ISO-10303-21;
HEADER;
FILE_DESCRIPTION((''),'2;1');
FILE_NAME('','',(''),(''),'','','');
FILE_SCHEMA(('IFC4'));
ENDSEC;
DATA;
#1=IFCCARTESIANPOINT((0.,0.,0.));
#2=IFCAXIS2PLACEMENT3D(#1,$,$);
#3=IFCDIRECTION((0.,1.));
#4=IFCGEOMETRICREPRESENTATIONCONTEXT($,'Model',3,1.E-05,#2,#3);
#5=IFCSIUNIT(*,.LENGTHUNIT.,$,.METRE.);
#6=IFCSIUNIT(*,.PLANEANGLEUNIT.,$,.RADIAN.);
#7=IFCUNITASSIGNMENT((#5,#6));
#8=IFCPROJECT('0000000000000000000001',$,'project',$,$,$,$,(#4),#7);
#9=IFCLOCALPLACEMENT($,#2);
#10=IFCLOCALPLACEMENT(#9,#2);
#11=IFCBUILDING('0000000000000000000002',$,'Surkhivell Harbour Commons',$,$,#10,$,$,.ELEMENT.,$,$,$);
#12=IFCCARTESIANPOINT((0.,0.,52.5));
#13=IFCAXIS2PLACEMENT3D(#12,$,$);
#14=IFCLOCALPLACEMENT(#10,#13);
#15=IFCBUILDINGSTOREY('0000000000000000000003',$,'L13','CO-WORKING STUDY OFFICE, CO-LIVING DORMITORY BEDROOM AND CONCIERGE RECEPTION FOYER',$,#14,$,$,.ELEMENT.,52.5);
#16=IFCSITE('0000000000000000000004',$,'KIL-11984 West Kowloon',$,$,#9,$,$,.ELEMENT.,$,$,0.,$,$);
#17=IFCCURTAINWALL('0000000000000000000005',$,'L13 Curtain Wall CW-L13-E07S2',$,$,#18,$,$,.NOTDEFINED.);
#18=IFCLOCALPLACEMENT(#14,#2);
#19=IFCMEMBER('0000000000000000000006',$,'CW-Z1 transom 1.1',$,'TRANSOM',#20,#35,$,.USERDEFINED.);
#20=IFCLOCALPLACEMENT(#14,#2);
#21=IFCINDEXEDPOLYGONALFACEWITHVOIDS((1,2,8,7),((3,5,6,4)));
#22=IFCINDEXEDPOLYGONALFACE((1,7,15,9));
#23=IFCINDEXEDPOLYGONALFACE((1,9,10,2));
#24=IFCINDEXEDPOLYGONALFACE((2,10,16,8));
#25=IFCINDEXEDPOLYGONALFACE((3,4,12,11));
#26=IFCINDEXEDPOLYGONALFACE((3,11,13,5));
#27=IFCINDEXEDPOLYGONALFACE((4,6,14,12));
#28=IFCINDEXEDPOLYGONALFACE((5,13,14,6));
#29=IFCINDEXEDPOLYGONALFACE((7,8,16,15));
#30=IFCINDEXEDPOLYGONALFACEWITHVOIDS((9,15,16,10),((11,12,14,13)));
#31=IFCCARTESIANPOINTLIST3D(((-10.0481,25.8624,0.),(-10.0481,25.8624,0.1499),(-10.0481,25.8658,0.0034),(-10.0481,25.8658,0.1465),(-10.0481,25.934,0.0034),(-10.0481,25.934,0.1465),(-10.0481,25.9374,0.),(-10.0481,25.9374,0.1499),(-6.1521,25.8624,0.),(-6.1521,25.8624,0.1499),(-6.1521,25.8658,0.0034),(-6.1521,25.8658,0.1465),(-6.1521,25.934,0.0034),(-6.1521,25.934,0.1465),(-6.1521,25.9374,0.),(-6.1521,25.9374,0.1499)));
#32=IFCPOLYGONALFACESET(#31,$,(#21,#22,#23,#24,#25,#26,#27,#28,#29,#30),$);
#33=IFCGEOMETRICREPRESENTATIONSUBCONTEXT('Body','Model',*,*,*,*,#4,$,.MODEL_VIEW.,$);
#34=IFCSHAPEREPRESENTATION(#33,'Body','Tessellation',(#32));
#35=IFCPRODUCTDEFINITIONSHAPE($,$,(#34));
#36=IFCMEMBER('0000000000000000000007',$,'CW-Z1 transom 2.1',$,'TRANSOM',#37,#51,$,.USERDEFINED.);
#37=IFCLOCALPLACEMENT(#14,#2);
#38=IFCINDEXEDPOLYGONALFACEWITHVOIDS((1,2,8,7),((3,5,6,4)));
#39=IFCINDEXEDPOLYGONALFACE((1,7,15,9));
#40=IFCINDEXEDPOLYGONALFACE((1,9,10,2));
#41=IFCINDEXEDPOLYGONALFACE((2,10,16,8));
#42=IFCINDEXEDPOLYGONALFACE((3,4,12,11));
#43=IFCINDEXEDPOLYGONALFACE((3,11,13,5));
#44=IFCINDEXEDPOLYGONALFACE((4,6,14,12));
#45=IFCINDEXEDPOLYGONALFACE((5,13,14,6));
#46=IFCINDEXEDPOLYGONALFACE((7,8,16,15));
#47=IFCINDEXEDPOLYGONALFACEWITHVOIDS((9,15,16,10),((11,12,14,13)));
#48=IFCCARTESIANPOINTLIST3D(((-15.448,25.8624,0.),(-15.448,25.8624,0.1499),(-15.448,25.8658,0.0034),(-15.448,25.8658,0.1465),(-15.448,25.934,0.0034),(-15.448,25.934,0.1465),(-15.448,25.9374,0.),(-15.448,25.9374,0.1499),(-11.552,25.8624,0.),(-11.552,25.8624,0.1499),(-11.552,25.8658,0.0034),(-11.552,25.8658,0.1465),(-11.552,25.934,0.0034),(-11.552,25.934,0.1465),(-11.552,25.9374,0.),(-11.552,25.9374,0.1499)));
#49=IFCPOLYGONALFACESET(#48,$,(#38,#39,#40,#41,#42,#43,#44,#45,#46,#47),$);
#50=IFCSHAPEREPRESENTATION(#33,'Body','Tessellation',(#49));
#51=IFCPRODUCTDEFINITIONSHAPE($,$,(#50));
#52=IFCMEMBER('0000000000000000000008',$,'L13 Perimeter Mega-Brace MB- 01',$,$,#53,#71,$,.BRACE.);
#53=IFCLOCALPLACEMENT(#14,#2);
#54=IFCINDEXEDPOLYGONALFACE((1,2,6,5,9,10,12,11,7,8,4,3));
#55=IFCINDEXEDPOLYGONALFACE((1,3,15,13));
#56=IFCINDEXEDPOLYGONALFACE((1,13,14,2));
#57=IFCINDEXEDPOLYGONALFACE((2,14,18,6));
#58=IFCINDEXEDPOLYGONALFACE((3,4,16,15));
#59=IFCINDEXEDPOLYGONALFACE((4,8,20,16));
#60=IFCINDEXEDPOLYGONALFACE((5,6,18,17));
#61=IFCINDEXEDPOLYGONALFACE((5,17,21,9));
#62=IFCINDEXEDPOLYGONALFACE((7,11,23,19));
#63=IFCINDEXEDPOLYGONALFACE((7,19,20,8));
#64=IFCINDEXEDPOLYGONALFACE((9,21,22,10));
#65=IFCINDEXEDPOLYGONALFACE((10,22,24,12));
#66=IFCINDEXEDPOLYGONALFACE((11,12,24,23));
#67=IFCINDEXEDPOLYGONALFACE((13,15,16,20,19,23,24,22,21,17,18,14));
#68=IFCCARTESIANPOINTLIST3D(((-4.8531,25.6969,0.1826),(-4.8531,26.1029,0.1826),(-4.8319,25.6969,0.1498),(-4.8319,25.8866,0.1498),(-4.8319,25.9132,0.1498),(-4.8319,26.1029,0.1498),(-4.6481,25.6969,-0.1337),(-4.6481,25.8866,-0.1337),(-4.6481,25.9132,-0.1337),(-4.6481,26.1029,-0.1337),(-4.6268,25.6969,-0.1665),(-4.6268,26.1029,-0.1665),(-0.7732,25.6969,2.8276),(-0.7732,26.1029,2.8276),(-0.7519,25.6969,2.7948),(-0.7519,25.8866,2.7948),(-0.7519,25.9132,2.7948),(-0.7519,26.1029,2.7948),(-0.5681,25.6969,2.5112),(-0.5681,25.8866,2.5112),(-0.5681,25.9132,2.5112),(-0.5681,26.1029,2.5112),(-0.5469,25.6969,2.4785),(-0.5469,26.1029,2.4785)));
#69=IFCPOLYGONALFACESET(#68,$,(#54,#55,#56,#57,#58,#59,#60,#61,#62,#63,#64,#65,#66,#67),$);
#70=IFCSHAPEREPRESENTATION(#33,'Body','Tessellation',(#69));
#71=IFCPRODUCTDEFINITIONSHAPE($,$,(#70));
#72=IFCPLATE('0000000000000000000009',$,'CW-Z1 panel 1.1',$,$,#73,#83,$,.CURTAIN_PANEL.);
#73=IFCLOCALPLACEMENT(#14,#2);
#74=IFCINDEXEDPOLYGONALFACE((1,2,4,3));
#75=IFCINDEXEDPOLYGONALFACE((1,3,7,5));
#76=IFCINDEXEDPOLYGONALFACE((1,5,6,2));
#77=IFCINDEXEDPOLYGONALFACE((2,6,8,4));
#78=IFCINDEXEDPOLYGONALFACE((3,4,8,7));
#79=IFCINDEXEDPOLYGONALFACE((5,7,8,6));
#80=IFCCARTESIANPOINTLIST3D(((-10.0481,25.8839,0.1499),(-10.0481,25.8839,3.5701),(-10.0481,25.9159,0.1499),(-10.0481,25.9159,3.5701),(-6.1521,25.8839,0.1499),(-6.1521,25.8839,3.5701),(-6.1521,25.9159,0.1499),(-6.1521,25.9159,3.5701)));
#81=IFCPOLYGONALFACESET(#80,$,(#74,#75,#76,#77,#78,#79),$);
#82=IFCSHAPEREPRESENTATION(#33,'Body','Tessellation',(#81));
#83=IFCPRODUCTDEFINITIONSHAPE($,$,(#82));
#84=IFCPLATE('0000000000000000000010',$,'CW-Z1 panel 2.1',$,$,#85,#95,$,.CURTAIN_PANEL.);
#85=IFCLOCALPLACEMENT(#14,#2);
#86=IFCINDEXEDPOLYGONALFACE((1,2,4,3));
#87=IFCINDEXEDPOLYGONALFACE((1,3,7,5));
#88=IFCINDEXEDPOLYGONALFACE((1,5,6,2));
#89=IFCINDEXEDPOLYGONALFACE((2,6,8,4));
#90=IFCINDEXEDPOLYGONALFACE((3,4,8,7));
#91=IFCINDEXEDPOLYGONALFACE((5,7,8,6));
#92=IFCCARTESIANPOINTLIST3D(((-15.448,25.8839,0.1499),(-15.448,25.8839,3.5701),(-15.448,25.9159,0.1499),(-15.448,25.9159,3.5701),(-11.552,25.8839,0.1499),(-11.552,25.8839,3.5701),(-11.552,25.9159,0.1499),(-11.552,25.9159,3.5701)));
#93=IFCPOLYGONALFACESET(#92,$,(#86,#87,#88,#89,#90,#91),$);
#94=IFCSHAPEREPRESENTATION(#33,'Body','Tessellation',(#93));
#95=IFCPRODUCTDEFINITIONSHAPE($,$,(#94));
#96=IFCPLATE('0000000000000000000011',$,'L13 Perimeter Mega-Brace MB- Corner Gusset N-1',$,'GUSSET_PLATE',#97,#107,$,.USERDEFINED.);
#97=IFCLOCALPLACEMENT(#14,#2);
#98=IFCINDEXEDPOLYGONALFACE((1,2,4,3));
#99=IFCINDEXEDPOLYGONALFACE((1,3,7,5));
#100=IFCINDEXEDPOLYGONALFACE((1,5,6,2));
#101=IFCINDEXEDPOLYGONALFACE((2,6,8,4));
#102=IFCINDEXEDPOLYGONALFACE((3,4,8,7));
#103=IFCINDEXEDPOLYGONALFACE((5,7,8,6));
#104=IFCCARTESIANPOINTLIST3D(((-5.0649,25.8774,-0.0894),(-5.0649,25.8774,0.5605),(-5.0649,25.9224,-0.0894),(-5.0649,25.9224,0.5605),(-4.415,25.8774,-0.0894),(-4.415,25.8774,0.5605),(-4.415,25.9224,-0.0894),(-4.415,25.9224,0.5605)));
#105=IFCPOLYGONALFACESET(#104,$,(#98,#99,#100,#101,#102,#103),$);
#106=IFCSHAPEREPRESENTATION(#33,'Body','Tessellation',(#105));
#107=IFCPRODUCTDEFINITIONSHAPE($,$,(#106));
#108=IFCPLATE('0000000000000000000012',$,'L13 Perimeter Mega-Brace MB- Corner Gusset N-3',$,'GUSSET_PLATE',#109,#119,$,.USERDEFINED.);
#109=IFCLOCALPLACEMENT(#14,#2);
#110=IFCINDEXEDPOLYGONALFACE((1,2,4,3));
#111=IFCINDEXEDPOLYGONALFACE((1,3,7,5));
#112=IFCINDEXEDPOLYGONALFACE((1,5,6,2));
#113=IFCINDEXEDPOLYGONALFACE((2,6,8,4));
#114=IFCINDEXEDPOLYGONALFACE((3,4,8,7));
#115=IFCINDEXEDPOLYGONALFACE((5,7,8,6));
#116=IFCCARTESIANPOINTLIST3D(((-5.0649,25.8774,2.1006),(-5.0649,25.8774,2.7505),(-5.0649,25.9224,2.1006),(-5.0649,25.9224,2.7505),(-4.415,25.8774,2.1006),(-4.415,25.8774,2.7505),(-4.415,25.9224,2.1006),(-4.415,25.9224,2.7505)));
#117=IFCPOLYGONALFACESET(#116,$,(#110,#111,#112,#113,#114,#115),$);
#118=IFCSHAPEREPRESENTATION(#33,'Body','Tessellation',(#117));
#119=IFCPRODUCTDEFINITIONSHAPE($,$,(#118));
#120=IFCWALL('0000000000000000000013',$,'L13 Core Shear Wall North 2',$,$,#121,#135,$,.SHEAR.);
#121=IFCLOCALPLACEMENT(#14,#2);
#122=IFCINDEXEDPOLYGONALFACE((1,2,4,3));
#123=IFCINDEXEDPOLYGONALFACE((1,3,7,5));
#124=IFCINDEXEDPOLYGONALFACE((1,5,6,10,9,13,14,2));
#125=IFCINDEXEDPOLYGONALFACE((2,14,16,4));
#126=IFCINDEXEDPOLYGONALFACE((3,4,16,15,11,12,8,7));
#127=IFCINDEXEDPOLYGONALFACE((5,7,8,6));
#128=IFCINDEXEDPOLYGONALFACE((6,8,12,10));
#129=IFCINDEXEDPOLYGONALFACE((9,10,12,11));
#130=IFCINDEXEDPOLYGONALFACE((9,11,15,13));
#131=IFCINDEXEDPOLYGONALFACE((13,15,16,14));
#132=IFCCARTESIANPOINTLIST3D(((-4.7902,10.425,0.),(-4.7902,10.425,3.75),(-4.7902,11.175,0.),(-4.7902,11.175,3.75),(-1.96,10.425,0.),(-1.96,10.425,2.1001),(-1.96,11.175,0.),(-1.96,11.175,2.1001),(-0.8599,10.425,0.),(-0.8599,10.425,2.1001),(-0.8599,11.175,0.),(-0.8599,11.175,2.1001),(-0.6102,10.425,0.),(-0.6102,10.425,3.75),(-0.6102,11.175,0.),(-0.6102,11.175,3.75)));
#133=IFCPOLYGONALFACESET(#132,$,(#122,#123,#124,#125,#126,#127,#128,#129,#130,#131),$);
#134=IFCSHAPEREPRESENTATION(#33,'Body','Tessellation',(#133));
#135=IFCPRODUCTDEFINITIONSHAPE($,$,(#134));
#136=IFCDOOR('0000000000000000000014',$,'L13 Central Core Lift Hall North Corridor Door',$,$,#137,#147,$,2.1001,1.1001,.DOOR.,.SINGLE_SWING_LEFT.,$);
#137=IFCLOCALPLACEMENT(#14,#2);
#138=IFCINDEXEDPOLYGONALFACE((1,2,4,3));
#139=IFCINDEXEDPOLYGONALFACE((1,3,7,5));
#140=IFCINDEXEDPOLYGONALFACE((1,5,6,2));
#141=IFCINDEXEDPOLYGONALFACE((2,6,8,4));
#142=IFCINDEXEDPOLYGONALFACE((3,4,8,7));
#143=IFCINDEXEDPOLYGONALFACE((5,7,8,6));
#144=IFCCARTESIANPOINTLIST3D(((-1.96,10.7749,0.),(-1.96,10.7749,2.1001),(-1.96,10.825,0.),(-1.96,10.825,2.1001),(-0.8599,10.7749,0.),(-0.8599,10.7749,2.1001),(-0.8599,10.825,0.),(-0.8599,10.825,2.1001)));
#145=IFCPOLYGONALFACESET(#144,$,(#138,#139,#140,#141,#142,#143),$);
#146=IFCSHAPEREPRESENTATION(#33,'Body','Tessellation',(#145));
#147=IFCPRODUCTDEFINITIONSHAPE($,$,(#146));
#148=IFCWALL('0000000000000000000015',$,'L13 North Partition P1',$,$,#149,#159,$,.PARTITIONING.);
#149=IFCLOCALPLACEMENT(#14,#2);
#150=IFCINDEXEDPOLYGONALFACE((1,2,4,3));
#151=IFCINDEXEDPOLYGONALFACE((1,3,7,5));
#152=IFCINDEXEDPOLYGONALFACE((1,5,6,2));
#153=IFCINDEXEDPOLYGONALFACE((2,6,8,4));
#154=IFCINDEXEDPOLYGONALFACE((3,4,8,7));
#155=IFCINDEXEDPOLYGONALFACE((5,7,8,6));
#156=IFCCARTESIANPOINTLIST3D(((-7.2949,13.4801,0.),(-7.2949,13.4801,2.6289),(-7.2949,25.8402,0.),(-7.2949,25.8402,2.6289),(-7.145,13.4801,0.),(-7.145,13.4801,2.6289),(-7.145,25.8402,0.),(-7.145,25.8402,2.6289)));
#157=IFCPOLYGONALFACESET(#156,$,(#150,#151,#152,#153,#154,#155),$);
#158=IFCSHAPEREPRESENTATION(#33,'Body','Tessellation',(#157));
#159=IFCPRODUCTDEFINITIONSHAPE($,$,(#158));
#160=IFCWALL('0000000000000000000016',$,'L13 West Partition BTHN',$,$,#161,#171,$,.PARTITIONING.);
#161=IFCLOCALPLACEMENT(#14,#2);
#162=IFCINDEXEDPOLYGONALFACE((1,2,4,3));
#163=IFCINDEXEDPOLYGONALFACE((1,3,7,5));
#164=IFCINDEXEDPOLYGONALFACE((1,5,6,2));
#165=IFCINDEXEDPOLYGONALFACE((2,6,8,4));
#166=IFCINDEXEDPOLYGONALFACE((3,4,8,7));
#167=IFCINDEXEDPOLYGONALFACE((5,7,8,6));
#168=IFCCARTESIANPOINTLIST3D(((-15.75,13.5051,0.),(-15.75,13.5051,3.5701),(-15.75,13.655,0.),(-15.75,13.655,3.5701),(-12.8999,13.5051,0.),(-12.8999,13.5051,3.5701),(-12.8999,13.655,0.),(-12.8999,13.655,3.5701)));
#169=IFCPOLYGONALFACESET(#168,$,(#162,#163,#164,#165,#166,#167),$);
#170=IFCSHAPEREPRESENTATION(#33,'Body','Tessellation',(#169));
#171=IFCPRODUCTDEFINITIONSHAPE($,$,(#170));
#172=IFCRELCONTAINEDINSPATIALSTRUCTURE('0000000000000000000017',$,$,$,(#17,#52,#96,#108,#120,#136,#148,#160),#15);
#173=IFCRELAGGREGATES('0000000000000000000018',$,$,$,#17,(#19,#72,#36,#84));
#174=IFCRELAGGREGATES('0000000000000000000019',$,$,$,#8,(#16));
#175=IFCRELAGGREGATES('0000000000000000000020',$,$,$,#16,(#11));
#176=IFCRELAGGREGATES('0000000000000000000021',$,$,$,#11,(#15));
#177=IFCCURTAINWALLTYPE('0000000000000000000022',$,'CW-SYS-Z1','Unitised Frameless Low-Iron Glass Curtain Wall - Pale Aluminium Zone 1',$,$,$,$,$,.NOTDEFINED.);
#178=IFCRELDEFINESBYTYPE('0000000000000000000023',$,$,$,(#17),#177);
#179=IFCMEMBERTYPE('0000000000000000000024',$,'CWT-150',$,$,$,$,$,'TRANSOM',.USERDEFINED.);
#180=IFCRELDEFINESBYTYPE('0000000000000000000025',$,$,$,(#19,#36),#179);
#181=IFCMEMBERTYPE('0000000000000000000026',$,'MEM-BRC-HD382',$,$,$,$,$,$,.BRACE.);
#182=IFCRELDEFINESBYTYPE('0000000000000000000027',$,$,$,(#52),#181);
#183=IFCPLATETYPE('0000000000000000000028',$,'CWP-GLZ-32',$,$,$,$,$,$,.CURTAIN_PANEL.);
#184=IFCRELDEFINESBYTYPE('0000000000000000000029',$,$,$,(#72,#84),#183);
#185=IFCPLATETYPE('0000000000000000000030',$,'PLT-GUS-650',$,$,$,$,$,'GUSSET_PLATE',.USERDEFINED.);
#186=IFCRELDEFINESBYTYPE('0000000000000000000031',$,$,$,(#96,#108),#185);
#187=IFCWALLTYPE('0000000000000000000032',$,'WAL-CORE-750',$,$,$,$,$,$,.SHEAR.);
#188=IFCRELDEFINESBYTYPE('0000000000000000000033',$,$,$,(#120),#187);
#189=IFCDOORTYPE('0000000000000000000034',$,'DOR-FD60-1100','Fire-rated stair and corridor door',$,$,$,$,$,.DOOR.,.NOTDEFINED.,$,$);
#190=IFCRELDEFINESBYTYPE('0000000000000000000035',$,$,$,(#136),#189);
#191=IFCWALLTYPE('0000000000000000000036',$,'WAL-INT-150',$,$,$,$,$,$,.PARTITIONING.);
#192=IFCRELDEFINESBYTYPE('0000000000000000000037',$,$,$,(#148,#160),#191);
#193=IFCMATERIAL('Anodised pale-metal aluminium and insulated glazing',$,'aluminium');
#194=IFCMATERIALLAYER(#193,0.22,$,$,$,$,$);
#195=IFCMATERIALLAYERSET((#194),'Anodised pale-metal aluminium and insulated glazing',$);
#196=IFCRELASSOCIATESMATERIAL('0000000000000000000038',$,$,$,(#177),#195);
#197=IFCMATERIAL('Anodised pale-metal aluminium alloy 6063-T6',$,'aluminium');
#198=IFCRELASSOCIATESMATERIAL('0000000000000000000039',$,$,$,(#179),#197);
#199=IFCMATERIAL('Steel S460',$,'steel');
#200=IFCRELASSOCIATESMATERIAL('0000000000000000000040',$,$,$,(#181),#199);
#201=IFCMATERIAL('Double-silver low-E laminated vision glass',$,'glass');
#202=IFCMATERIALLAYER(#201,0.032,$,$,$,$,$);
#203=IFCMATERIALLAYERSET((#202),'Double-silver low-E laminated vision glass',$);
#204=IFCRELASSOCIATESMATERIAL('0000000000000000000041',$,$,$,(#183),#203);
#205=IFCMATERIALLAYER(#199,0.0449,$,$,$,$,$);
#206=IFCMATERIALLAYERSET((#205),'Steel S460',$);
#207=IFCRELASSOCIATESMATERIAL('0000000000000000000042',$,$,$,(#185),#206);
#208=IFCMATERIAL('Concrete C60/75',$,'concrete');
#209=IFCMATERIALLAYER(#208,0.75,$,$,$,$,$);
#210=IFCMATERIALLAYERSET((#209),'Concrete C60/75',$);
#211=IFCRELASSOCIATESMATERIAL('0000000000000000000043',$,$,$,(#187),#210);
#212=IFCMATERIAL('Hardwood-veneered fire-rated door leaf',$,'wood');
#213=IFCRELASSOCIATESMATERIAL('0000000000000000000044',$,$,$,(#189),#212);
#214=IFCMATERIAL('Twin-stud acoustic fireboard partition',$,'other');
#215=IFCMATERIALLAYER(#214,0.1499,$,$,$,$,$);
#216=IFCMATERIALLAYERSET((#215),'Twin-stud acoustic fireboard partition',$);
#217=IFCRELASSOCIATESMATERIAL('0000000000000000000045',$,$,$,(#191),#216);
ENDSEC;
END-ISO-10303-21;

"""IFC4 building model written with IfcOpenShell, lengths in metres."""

from ifc_helpers import new_model, si_unit, direction, frame, frame_2d, origin, origin_2d, place, context, subcontext, project, spatial, rectangle, hollow_rectangle, i_section, extrude, material, layer, layer_set, material_profile, profile_set, type_object, element, fill, aggregate, save


model = new_model("IFC4")

# Units and contexts
model_context = context("Model", 3, precision=1e-05, world=origin(), true_north=direction((0.0, 1.0)))
body_context = subcontext(model_context, "Body", "Model", "MODEL_VIEW")
ifc_project = project(units=[si_unit("LENGTHUNIT", "METRE"), si_unit("PLANEANGLEUNIT", "RADIAN")], contexts=[model_context])

# Site, building, storey
site_placement = place(None, origin())
site = spatial("IfcSite", under=ifc_project, at=site_placement, Name="KIL-11984 West Kowloon", CompositionType="ELEMENT", RefElevation=0.0)
building_placement = place(site_placement, origin())
building = spatial("IfcBuilding", under=site, at=building_placement, Name="Surkhivell Harbour Commons", CompositionType="ELEMENT")
storey_placement = place(building_placement, frame((0.0, 0.0, 52.5)))
storey = spatial("IfcBuildingStorey", under=building, at=storey_placement, Name="L13", Description="CO-WORKING STUDY OFFICE, CO-LIVING DORMITORY BEDROOM AND CONCIERGE RECEPTION FOYER", CompositionType="ELEMENT", Elevation=52.5)

# Shared definitions
ifc_material_1 = material(Name="Steel S460", Category="steel")

# Curtain wall, members
ifc_material_2 = material(Name="Anodised pale-metal aluminium and insulated glazing", Category="aluminium")
ifc_layer_1 = layer(ifc_material_2, 0.22)
ifc_layer_set_1 = layer_set([ifc_layer_1], Name="Anodised pale-metal aluminium and insulated glazing")
curtain_wall_type = type_object("IfcCurtainWallType", Name="CW-SYS-Z1", Description="Unitised Frameless Low-Iron Glass Curtain Wall - Pale Aluminium Zone 1", PredefinedType="NOTDEFINED", material=ifc_layer_set_1)
curtain_wall_placement = place(storey_placement, origin())
curtain_wall = element("IfcCurtainWall", 1, at=curtain_wall_placement, inside=storey, type_object=curtain_wall_type, Name="L13 Curtain Wall CW-L13-E07S2", PredefinedType="NOTDEFINED")
ifc_material_3 = material(Name="Anodised pale-metal aluminium alloy 6063-T6", Category="aluminium")
ifc_material_profile_1 = material_profile(ifc_material_3, hollow_rectangle(XDim=0.075, YDim=0.1499, WallThickness=0.0034, at=origin_2d()), Name="ALU-TRAN-75x150")
ifc_profile_set_1 = profile_set([ifc_material_profile_1], Name="Anodised pale-metal aluminium alloy 6063-T6")
member_type_1 = type_object("IfcMemberType", Name="CWT-150", ElementType="TRANSOM", PredefinedType="USERDEFINED", material=ifc_profile_set_1)
member_1_placement = place(storey_placement, frame((-6.1521, 25.8999, 0.075), z_axis=(-1.0, 0.0, 0.0), x_axis=(0.0, -1.0, 0.0)))
member_1 = element("IfcMember", 2, at=member_1_placement, type_object=member_type_1, Name="CW-Z1 transom 1.1", ObjectType="TRANSOM", PredefinedType="USERDEFINED", context=body_context, shape_type="SweptSolid", body=[
    extrude(hollow_rectangle(XDim=0.075, YDim=0.1499, WallThickness=0.0034, at=origin_2d()), origin(), (0.0, 0.0, 1.0), 3.896),
])
member_2_placement = place(storey_placement, frame((-11.552, 25.8999, 0.075), z_axis=(-1.0, 0.0, 0.0), x_axis=(0.0, -1.0, 0.0)))
member_2 = element("IfcMember", 3, at=member_2_placement, type_object=member_type_1, Name="CW-Z1 transom 2.1", ObjectType="TRANSOM", PredefinedType="USERDEFINED", context=body_context, shape_type="SweptSolid", body=[
    extrude(hollow_rectangle(XDim=0.075, YDim=0.1499, WallThickness=0.0034, at=origin_2d()), origin(), (0.0, 0.0, 1.0), 3.896),
])

# Member
ifc_material_profile_2 = material_profile(ifc_material_1, i_section(OverallWidth=0.406, OverallDepth=0.416, WebThickness=0.0266, FlangeThickness=0.0391, at=origin_2d()), Name="HD400x382")
ifc_profile_set_2 = profile_set([ifc_material_profile_2], Name="Steel S460")
member_type_2 = type_object("IfcMemberType", Name="MEM-BRC-HD382", PredefinedType="BRACE", material=ifc_profile_set_2)
member_3_placement = place(storey_placement, frame((-4.74, 25.8999, 0.0081), z_axis=(0.839104, 0.0, 0.543971), x_axis=(0.0, 1.0, 0.0)))
element("IfcMember", 4, at=member_3_placement, inside=storey, type_object=member_type_2, Name="L13 Perimeter Mega-Brace MB- 01", PredefinedType="BRACE", context=body_context, shape_type="SweptSolid", body=[
    extrude(i_section(OverallWidth=0.406, OverallDepth=0.416, WebThickness=0.0266, FlangeThickness=0.0391, at=origin_2d()), origin(), (0.0, 0.0, 1.0), 4.8623),
])

# Plates
ifc_material_4 = material(Name="Double-silver low-E laminated vision glass", Category="glass")
ifc_layer_2 = layer(ifc_material_4, 0.032)
ifc_layer_set_2 = layer_set([ifc_layer_2], Name="Double-silver low-E laminated vision glass")
plate_type_1 = type_object("IfcPlateType", Name="CWP-GLZ-32", PredefinedType="CURTAIN_PANEL", material=ifc_layer_set_2)
plate_1_placement = place(storey_placement, frame((-6.1521, 25.8999, 0.1499), z_axis=(0.0, 0.0, 1.0), x_axis=(-1.0, 0.0, 0.0)))
plate_1 = element("IfcPlate", 5, at=plate_1_placement, type_object=plate_type_1, Name="CW-Z1 panel 1.1", PredefinedType="CURTAIN_PANEL", context=body_context, shape_type="SweptSolid", body=[
    extrude(rectangle(XDim=3.896, YDim=0.032, at=frame_2d((1.948, 0.0))), origin(), (0.0, 0.0, 1.0), 3.4202),
])
plate_2_placement = place(storey_placement, frame((-11.552, 25.8999, 0.1499), z_axis=(0.0, 0.0, 1.0), x_axis=(-1.0, 0.0, 0.0)))
plate_2 = element("IfcPlate", 6, at=plate_2_placement, type_object=plate_type_1, Name="CW-Z1 panel 2.1", PredefinedType="CURTAIN_PANEL", context=body_context, shape_type="SweptSolid", body=[
    extrude(rectangle(XDim=3.896, YDim=0.032, at=frame_2d((1.948, 0.0))), origin(), (0.0, 0.0, 1.0), 3.4202),
])
aggregate(curtain_wall, [member_1, plate_1, member_2, plate_2])

# Plates
ifc_layer_3 = layer(ifc_material_1, 0.0449)
ifc_layer_set_3 = layer_set([ifc_layer_3], Name="Steel S460")
plate_type_2 = type_object("IfcPlateType", Name="PLT-GUS-650", ElementType="GUSSET_PLATE", PredefinedType="USERDEFINED", material=ifc_layer_set_3)
for number, where, z_axis, x_axis, name in (
    (7, (-4.74, 25.8999, -0.0894), (0.0, 0.0, 1.0), (1.0, 0.0, 0.0), "L13 Perimeter Mega-Brace MB- Corner Gusset N-1"),
    (8, (-4.74, 25.8999, 2.1006), (0.0, 0.0, 1.0), (1.0, 0.0, 0.0), "L13 Perimeter Mega-Brace MB- Corner Gusset N-3"),
):
    element("IfcPlate", number, at=place(storey_placement, frame(where, z_axis=z_axis, x_axis=x_axis)), inside=storey, type_object=plate_type_2, Name=name, ObjectType="GUSSET_PLATE", PredefinedType="USERDEFINED", context=body_context, shape_type="SweptSolid", body=[
        extrude(rectangle(XDim=0.6499, YDim=0.0449, at=origin_2d()), origin(), (0.0, 0.0, 1.0), 0.6499),
    ])

# Wall, opening, door
ifc_material_5 = material(Name="Concrete C60/75", Category="concrete")
ifc_layer_4 = layer(ifc_material_5, 0.75)
ifc_layer_set_4 = layer_set([ifc_layer_4], Name="Concrete C60/75")
wall_type_1 = type_object("IfcWallType", Name="WAL-CORE-750", PredefinedType="SHEAR", material=ifc_layer_set_4)
wall_1_placement = place(storey_placement, frame((-4.79, 10.8, 0.0), z_axis=(0.0, 0.0, 1.0), x_axis=(1.0, 0.0, 0.0)))
wall_1 = element("IfcWall", 9, at=wall_1_placement, inside=storey, type_object=wall_type_1, Name="L13 Core Shear Wall North 2", PredefinedType="SHEAR", context=body_context, shape_type="SweptSolid", body=[
    extrude(rectangle(XDim=4.1799, YDim=0.75, at=frame_2d((2.0898, 0.0))), origin(), (0.0, 0.0, 1.0), 3.75),
])
opening_1_placement = place(wall_1_placement, frame((2.8301, 0.0, 0.0)))
opening_1 = element("IfcOpeningElement", 10, at=opening_1_placement, cuts=wall_1, PredefinedType="OPENING", context=body_context, shape_type="SweptSolid", body=[
    extrude(rectangle(XDim=1.1001, YDim=2.1001, at=frame_2d((0.55, 1.05))), frame((0.0, 0.385, 0.0), z_axis=(0.0, -1.0, 0.0), x_axis=(1.0, 0.0, 0.0)), (0.0, 0.0, 1.0), 0.77),
])
ifc_material_6 = material(Name="Hardwood-veneered fire-rated door leaf", Category="wood")
door_type_1 = type_object("IfcDoorType", Name="DOR-FD60-1100", Description="Fire-rated stair and corridor door", OperationType="NOTDEFINED", PredefinedType="DOOR", material=ifc_material_6)
door_1_placement = place(opening_1_placement, origin())
door_1 = element("IfcDoor", 11, at=door_1_placement, inside=storey, type_object=door_type_1, Name="L13 Central Core Lift Hall North Corridor Door", OperationType="SINGLE_SWING_LEFT", OverallHeight=2.1001, OverallWidth=1.1001, PredefinedType="DOOR", context=body_context, shape_type="SweptSolid", body=[
    extrude(rectangle(XDim=1.1001, YDim=2.1001, at=frame_2d((0.55, 1.05))), frame((0.0, 0.0249, 0.0), z_axis=(0.0, -1.0, 0.0), x_axis=(1.0, 0.0, 0.0)), (0.0, 0.0, 1.0), 0.05),
])
fill(opening_1, door_1)

# Walls
ifc_material_7 = material(Name="Twin-stud acoustic fireboard partition", Category="other")
ifc_layer_5 = layer(ifc_material_7, 0.1499)
ifc_layer_set_5 = layer_set([ifc_layer_5], Name="Twin-stud acoustic fireboard partition")
wall_type_2 = type_object("IfcWallType", Name="WAL-INT-150", PredefinedType="PARTITIONING", material=ifc_layer_set_5)
wall_2_placement = place(storey_placement, frame((-7.22, 13.48, 0.0), z_axis=(0.0, 0.0, 1.0), x_axis=(0.0, 1.0, 0.0)))
element("IfcWall", 12, at=wall_2_placement, inside=storey, type_object=wall_type_2, Name="L13 North Partition P1", PredefinedType="PARTITIONING", context=body_context, shape_type="SweptSolid", body=[
    extrude(rectangle(XDim=12.3601, YDim=0.1499, at=frame_2d((6.1802, 0.0))), origin(), (0.0, 0.0, 1.0), 2.6289),
])
wall_3_placement = place(storey_placement, frame((-15.75, 13.5801, 0.0), z_axis=(0.0, 0.0, 1.0), x_axis=(1.0, 0.0, 0.0)))
element("IfcWall", 13, at=wall_3_placement, inside=storey, type_object=wall_type_2, Name="L13 West Partition BTHN", PredefinedType="PARTITIONING", context=body_context, shape_type="SweptSolid", body=[
    extrude(rectangle(XDim=2.8501, YDim=0.1499, at=frame_2d((1.425, 0.0))), origin(), (0.0, 0.0, 1.0), 3.5701),
])

save(model, "model.ifc")
